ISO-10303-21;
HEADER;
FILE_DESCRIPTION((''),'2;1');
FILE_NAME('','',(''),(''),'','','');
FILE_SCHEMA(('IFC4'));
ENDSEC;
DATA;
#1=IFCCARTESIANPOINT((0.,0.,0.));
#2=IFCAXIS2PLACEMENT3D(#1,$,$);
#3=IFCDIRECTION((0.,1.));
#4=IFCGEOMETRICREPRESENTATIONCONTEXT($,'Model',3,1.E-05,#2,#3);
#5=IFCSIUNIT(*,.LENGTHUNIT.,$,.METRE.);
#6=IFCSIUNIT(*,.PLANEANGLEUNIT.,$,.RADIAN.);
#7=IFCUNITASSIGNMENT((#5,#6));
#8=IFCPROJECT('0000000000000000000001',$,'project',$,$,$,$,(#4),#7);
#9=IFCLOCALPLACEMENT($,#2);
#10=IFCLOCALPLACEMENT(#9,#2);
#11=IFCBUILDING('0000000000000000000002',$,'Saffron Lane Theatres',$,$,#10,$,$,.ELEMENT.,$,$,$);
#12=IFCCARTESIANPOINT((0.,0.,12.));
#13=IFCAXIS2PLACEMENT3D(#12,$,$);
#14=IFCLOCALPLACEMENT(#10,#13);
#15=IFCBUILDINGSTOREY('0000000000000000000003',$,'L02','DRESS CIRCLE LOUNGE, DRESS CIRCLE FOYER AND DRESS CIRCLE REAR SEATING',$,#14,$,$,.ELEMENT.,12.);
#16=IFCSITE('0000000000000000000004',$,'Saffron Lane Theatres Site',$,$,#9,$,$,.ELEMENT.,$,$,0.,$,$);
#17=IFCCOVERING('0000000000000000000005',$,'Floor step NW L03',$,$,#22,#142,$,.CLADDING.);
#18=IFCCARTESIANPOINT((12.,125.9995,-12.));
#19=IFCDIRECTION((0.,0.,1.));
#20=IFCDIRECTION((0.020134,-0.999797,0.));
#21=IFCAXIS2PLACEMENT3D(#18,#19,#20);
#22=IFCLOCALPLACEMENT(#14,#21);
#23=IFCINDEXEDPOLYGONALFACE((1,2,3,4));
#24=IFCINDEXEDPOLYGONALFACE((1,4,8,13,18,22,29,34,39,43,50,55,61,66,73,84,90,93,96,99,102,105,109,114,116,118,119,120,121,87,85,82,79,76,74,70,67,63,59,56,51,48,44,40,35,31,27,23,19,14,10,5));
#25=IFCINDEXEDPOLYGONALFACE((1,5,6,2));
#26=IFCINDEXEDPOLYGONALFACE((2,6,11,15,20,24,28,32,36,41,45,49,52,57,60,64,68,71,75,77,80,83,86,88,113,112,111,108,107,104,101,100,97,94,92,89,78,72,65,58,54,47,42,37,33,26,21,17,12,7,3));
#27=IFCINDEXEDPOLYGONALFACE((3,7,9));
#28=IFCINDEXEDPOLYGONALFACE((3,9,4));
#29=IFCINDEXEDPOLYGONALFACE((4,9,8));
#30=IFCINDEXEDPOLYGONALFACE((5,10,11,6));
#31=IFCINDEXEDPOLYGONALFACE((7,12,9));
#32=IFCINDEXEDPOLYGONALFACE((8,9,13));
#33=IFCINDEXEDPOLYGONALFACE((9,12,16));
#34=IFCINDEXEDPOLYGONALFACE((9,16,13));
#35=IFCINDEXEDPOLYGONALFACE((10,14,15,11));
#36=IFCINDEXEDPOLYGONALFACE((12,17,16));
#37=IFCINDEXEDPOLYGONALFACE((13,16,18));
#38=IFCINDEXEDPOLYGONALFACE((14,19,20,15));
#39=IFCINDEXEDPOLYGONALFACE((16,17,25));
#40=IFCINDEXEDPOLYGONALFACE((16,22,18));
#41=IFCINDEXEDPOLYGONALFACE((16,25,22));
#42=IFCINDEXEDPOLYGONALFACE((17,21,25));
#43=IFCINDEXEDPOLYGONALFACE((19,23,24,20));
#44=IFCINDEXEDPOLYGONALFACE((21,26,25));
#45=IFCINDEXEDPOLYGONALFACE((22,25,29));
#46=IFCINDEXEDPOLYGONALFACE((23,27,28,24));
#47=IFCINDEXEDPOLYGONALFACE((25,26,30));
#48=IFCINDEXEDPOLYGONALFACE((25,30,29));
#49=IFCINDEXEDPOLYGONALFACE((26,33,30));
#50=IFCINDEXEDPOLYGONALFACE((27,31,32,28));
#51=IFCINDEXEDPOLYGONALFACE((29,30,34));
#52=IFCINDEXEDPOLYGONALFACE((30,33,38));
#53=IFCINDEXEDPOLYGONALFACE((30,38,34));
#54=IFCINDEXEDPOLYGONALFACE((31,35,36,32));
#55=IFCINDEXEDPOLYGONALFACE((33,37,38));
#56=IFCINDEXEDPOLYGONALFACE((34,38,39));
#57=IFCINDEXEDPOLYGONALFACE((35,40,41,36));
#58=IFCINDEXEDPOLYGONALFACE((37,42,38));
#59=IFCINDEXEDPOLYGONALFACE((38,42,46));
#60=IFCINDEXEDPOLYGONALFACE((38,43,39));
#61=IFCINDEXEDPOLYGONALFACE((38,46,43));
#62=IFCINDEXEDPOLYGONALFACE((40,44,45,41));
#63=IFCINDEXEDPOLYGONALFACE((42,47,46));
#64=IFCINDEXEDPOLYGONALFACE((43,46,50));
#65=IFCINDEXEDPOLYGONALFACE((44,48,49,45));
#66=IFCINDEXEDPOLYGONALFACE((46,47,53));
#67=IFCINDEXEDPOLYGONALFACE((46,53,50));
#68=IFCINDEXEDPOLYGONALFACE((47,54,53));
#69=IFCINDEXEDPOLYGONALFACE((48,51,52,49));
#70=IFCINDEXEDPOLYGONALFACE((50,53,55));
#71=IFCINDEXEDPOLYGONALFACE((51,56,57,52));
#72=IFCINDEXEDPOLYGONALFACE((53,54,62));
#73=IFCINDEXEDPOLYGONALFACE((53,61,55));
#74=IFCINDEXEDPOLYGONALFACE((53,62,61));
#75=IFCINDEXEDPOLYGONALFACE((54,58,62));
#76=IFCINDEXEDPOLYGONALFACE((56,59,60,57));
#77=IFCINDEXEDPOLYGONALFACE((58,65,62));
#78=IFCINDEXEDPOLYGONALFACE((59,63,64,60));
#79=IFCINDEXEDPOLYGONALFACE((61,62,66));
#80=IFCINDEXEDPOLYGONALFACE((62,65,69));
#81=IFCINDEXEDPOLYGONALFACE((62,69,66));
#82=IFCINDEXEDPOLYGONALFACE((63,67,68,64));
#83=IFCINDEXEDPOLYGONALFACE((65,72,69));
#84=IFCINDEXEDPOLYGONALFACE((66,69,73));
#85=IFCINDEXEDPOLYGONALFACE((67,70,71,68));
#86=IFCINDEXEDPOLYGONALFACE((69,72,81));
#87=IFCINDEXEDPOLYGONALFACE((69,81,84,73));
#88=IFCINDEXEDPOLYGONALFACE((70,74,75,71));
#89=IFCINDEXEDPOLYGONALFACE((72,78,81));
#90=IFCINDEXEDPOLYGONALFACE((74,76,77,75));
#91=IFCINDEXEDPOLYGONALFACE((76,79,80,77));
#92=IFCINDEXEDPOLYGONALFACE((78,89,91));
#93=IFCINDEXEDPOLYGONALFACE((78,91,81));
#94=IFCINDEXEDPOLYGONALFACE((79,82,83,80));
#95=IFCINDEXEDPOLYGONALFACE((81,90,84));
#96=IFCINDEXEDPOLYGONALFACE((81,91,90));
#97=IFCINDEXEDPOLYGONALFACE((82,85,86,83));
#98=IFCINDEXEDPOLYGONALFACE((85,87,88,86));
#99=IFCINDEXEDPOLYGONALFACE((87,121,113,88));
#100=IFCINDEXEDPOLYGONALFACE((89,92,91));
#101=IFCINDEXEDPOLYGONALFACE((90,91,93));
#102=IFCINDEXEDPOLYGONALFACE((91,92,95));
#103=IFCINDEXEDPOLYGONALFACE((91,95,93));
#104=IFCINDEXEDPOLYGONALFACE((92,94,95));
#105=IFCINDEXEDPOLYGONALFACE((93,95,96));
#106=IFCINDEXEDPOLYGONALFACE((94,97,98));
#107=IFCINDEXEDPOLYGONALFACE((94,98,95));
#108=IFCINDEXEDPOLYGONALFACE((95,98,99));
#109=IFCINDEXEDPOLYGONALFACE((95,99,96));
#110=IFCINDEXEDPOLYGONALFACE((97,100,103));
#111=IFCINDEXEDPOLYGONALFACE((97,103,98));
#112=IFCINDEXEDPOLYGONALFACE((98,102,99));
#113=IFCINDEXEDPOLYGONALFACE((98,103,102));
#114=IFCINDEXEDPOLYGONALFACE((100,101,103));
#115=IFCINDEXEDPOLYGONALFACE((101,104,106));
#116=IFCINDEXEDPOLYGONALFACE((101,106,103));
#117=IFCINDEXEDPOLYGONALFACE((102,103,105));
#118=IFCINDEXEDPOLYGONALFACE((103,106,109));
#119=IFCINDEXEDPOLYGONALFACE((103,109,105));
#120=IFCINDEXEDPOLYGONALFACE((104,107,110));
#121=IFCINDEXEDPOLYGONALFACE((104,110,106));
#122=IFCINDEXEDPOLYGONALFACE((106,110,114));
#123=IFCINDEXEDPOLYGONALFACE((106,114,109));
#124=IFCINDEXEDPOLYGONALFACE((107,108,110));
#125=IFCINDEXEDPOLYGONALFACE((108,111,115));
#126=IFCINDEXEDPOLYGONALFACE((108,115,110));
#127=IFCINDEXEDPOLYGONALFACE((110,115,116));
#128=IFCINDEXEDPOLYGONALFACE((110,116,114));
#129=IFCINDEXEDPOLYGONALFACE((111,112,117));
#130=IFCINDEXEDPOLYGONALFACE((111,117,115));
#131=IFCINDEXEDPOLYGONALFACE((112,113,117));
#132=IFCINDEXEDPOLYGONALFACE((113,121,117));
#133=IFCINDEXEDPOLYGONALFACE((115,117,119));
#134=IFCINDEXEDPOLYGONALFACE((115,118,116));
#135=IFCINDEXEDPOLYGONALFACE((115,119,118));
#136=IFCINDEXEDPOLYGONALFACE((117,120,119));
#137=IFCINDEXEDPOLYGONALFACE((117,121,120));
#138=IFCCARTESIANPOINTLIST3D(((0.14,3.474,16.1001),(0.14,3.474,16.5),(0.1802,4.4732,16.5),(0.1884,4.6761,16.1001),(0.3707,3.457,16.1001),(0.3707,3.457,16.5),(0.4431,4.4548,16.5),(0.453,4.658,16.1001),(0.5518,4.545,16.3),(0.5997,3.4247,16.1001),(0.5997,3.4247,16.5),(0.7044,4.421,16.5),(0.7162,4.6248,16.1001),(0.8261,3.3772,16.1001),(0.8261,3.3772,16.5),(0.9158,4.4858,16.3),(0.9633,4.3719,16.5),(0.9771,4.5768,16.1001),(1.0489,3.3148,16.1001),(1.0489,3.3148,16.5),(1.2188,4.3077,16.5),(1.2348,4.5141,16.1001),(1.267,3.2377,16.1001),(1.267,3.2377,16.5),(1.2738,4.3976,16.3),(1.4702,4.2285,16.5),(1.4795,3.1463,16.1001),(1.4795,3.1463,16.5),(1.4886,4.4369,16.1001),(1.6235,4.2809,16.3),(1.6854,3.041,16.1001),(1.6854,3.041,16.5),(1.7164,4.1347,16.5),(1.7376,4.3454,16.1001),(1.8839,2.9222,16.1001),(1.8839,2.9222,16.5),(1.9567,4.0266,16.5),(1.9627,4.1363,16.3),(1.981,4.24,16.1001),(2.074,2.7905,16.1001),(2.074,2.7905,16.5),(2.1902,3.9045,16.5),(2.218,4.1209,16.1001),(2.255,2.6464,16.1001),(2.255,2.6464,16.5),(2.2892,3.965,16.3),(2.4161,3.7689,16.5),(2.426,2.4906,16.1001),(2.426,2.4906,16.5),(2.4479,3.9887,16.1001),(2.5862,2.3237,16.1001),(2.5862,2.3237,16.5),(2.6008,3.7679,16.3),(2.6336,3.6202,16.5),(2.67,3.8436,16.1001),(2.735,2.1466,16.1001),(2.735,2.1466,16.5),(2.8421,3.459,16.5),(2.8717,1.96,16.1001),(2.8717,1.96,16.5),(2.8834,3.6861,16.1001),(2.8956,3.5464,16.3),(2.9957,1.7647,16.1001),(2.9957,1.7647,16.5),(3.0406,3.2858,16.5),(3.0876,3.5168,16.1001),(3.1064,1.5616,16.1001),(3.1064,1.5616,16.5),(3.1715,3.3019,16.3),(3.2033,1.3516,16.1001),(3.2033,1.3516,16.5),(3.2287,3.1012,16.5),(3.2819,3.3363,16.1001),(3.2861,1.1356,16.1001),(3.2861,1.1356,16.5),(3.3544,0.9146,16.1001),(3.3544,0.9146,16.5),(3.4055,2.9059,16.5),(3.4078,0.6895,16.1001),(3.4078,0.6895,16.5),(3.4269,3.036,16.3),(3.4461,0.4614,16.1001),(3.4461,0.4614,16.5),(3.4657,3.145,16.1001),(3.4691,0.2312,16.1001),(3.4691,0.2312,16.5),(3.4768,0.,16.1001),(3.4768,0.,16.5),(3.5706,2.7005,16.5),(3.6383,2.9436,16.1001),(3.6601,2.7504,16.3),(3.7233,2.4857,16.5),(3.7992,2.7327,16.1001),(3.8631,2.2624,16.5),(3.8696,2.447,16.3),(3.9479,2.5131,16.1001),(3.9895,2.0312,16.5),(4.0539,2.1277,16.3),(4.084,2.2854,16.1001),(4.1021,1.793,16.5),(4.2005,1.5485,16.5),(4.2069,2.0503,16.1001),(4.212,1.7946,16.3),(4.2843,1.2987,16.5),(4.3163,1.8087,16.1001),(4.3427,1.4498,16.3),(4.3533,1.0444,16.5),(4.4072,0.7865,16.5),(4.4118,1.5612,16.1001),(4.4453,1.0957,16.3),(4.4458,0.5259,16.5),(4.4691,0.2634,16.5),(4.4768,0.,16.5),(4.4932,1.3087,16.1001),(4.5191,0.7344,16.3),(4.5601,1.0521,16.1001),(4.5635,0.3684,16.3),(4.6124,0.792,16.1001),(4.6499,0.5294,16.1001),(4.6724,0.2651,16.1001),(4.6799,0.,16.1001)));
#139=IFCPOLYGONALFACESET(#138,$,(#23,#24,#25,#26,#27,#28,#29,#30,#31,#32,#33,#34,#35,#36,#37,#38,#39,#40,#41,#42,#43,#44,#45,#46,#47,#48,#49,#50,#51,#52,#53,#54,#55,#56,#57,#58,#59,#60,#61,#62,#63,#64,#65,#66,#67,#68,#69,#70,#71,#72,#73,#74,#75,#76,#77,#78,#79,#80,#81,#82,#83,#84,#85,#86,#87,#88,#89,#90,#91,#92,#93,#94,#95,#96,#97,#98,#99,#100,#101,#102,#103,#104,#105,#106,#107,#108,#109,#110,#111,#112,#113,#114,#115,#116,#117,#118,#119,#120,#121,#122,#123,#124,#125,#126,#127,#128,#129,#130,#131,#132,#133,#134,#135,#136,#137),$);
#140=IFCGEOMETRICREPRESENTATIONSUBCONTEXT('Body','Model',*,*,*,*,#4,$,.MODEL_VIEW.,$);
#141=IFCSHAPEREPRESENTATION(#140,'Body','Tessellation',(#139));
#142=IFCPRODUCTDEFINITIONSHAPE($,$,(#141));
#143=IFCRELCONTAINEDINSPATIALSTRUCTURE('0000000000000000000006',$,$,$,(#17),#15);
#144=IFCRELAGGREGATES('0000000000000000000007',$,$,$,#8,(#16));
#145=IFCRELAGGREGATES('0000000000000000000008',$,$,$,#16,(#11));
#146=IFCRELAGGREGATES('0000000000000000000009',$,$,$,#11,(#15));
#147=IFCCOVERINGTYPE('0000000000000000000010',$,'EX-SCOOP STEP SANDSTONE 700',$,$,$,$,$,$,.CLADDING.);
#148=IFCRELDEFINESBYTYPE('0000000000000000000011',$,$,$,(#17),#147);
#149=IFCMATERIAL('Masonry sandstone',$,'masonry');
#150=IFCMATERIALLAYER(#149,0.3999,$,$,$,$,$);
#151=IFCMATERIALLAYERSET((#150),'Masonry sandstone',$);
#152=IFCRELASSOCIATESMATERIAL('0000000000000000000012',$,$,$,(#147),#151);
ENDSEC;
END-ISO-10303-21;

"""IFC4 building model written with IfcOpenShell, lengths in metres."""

from ifc_helpers import new_model, entity, si_unit, direction, frame, origin, place, context, subcontext, project, spatial, material, layer, layer_set, type_object, element, save


model = new_model("IFC4")

# Units and contexts
model_context = context("Model", 3, precision=1e-05, world=origin(), true_north=direction((0.0, 1.0)))
body_context = subcontext(model_context, "Body", "Model", "MODEL_VIEW")
ifc_project = project(units=[si_unit("LENGTHUNIT", "METRE"), si_unit("PLANEANGLEUNIT", "RADIAN")], contexts=[model_context])

# Site, building, storey
site_placement = place(None, origin())
site = spatial("IfcSite", under=ifc_project, at=site_placement, Name="Saffron Lane Theatres Site", CompositionType="ELEMENT", RefElevation=0.0)
building_placement = place(site_placement, origin())
building = spatial("IfcBuilding", under=site, at=building_placement, Name="Saffron Lane Theatres", CompositionType="ELEMENT")
storey_placement = place(building_placement, frame((0.0, 0.0, 12.0)))
storey = spatial("IfcBuildingStorey", under=building, at=storey_placement, Name="L02", Description="DRESS CIRCLE LOUNGE, DRESS CIRCLE FOYER AND DRESS CIRCLE REAR SEATING", CompositionType="ELEMENT", Elevation=12.0)

# Covering
ifc_material_1 = material(Name="Masonry sandstone", Category="masonry")
ifc_layer_1 = layer(ifc_material_1, 0.3999)
ifc_layer_set_1 = layer_set([ifc_layer_1], Name="Masonry sandstone")
covering_type_1 = type_object("IfcCoveringType", Name="EX-SCOOP STEP SANDSTONE 700", PredefinedType="CLADDING", material=ifc_layer_set_1)
covering_1_placement = place(storey_placement, frame((12.0, 125.9995, -12.0), z_axis=(0.0, 0.0, 1.0), x_axis=(0.020134, -0.999797, 0.0)))
cartesian_point_1 = entity("IfcCartesianPoint", [3.4768, 16.1001])
cartesian_point_2 = entity("IfcCartesianPoint", [0.0, 0.0, 0.0])
element("IfcCovering", 1, at=covering_1_placement, inside=storey, type_object=covering_type_1, Name="Floor step NW L03", PredefinedType="CLADDING", context=body_context, shape_type="SweptSolid", body=[
    entity("IfcRevolvedAreaSolid", entity("IfcArbitraryClosedProfileDef", "AREA", None, entity("IfcPolyline", [cartesian_point_1, entity("IfcCartesianPoint", [4.6799, 16.1001]), entity("IfcCartesianPoint", [4.4768, 16.5]), entity("IfcCartesianPoint", [3.4768, 16.5]), cartesian_point_1])), entity("IfcAxis2Placement3D", cartesian_point_2, entity("IfcDirection", [0.0, -1.0, 0.0]), entity("IfcDirection", [1.0, 0.0, 0.0])), entity("IfcAxis1Placement", cartesian_point_2, entity("IfcDirection", [0.0, 1.0, 0.0])), 1.530526),
])

save(model, "model.ifc")
